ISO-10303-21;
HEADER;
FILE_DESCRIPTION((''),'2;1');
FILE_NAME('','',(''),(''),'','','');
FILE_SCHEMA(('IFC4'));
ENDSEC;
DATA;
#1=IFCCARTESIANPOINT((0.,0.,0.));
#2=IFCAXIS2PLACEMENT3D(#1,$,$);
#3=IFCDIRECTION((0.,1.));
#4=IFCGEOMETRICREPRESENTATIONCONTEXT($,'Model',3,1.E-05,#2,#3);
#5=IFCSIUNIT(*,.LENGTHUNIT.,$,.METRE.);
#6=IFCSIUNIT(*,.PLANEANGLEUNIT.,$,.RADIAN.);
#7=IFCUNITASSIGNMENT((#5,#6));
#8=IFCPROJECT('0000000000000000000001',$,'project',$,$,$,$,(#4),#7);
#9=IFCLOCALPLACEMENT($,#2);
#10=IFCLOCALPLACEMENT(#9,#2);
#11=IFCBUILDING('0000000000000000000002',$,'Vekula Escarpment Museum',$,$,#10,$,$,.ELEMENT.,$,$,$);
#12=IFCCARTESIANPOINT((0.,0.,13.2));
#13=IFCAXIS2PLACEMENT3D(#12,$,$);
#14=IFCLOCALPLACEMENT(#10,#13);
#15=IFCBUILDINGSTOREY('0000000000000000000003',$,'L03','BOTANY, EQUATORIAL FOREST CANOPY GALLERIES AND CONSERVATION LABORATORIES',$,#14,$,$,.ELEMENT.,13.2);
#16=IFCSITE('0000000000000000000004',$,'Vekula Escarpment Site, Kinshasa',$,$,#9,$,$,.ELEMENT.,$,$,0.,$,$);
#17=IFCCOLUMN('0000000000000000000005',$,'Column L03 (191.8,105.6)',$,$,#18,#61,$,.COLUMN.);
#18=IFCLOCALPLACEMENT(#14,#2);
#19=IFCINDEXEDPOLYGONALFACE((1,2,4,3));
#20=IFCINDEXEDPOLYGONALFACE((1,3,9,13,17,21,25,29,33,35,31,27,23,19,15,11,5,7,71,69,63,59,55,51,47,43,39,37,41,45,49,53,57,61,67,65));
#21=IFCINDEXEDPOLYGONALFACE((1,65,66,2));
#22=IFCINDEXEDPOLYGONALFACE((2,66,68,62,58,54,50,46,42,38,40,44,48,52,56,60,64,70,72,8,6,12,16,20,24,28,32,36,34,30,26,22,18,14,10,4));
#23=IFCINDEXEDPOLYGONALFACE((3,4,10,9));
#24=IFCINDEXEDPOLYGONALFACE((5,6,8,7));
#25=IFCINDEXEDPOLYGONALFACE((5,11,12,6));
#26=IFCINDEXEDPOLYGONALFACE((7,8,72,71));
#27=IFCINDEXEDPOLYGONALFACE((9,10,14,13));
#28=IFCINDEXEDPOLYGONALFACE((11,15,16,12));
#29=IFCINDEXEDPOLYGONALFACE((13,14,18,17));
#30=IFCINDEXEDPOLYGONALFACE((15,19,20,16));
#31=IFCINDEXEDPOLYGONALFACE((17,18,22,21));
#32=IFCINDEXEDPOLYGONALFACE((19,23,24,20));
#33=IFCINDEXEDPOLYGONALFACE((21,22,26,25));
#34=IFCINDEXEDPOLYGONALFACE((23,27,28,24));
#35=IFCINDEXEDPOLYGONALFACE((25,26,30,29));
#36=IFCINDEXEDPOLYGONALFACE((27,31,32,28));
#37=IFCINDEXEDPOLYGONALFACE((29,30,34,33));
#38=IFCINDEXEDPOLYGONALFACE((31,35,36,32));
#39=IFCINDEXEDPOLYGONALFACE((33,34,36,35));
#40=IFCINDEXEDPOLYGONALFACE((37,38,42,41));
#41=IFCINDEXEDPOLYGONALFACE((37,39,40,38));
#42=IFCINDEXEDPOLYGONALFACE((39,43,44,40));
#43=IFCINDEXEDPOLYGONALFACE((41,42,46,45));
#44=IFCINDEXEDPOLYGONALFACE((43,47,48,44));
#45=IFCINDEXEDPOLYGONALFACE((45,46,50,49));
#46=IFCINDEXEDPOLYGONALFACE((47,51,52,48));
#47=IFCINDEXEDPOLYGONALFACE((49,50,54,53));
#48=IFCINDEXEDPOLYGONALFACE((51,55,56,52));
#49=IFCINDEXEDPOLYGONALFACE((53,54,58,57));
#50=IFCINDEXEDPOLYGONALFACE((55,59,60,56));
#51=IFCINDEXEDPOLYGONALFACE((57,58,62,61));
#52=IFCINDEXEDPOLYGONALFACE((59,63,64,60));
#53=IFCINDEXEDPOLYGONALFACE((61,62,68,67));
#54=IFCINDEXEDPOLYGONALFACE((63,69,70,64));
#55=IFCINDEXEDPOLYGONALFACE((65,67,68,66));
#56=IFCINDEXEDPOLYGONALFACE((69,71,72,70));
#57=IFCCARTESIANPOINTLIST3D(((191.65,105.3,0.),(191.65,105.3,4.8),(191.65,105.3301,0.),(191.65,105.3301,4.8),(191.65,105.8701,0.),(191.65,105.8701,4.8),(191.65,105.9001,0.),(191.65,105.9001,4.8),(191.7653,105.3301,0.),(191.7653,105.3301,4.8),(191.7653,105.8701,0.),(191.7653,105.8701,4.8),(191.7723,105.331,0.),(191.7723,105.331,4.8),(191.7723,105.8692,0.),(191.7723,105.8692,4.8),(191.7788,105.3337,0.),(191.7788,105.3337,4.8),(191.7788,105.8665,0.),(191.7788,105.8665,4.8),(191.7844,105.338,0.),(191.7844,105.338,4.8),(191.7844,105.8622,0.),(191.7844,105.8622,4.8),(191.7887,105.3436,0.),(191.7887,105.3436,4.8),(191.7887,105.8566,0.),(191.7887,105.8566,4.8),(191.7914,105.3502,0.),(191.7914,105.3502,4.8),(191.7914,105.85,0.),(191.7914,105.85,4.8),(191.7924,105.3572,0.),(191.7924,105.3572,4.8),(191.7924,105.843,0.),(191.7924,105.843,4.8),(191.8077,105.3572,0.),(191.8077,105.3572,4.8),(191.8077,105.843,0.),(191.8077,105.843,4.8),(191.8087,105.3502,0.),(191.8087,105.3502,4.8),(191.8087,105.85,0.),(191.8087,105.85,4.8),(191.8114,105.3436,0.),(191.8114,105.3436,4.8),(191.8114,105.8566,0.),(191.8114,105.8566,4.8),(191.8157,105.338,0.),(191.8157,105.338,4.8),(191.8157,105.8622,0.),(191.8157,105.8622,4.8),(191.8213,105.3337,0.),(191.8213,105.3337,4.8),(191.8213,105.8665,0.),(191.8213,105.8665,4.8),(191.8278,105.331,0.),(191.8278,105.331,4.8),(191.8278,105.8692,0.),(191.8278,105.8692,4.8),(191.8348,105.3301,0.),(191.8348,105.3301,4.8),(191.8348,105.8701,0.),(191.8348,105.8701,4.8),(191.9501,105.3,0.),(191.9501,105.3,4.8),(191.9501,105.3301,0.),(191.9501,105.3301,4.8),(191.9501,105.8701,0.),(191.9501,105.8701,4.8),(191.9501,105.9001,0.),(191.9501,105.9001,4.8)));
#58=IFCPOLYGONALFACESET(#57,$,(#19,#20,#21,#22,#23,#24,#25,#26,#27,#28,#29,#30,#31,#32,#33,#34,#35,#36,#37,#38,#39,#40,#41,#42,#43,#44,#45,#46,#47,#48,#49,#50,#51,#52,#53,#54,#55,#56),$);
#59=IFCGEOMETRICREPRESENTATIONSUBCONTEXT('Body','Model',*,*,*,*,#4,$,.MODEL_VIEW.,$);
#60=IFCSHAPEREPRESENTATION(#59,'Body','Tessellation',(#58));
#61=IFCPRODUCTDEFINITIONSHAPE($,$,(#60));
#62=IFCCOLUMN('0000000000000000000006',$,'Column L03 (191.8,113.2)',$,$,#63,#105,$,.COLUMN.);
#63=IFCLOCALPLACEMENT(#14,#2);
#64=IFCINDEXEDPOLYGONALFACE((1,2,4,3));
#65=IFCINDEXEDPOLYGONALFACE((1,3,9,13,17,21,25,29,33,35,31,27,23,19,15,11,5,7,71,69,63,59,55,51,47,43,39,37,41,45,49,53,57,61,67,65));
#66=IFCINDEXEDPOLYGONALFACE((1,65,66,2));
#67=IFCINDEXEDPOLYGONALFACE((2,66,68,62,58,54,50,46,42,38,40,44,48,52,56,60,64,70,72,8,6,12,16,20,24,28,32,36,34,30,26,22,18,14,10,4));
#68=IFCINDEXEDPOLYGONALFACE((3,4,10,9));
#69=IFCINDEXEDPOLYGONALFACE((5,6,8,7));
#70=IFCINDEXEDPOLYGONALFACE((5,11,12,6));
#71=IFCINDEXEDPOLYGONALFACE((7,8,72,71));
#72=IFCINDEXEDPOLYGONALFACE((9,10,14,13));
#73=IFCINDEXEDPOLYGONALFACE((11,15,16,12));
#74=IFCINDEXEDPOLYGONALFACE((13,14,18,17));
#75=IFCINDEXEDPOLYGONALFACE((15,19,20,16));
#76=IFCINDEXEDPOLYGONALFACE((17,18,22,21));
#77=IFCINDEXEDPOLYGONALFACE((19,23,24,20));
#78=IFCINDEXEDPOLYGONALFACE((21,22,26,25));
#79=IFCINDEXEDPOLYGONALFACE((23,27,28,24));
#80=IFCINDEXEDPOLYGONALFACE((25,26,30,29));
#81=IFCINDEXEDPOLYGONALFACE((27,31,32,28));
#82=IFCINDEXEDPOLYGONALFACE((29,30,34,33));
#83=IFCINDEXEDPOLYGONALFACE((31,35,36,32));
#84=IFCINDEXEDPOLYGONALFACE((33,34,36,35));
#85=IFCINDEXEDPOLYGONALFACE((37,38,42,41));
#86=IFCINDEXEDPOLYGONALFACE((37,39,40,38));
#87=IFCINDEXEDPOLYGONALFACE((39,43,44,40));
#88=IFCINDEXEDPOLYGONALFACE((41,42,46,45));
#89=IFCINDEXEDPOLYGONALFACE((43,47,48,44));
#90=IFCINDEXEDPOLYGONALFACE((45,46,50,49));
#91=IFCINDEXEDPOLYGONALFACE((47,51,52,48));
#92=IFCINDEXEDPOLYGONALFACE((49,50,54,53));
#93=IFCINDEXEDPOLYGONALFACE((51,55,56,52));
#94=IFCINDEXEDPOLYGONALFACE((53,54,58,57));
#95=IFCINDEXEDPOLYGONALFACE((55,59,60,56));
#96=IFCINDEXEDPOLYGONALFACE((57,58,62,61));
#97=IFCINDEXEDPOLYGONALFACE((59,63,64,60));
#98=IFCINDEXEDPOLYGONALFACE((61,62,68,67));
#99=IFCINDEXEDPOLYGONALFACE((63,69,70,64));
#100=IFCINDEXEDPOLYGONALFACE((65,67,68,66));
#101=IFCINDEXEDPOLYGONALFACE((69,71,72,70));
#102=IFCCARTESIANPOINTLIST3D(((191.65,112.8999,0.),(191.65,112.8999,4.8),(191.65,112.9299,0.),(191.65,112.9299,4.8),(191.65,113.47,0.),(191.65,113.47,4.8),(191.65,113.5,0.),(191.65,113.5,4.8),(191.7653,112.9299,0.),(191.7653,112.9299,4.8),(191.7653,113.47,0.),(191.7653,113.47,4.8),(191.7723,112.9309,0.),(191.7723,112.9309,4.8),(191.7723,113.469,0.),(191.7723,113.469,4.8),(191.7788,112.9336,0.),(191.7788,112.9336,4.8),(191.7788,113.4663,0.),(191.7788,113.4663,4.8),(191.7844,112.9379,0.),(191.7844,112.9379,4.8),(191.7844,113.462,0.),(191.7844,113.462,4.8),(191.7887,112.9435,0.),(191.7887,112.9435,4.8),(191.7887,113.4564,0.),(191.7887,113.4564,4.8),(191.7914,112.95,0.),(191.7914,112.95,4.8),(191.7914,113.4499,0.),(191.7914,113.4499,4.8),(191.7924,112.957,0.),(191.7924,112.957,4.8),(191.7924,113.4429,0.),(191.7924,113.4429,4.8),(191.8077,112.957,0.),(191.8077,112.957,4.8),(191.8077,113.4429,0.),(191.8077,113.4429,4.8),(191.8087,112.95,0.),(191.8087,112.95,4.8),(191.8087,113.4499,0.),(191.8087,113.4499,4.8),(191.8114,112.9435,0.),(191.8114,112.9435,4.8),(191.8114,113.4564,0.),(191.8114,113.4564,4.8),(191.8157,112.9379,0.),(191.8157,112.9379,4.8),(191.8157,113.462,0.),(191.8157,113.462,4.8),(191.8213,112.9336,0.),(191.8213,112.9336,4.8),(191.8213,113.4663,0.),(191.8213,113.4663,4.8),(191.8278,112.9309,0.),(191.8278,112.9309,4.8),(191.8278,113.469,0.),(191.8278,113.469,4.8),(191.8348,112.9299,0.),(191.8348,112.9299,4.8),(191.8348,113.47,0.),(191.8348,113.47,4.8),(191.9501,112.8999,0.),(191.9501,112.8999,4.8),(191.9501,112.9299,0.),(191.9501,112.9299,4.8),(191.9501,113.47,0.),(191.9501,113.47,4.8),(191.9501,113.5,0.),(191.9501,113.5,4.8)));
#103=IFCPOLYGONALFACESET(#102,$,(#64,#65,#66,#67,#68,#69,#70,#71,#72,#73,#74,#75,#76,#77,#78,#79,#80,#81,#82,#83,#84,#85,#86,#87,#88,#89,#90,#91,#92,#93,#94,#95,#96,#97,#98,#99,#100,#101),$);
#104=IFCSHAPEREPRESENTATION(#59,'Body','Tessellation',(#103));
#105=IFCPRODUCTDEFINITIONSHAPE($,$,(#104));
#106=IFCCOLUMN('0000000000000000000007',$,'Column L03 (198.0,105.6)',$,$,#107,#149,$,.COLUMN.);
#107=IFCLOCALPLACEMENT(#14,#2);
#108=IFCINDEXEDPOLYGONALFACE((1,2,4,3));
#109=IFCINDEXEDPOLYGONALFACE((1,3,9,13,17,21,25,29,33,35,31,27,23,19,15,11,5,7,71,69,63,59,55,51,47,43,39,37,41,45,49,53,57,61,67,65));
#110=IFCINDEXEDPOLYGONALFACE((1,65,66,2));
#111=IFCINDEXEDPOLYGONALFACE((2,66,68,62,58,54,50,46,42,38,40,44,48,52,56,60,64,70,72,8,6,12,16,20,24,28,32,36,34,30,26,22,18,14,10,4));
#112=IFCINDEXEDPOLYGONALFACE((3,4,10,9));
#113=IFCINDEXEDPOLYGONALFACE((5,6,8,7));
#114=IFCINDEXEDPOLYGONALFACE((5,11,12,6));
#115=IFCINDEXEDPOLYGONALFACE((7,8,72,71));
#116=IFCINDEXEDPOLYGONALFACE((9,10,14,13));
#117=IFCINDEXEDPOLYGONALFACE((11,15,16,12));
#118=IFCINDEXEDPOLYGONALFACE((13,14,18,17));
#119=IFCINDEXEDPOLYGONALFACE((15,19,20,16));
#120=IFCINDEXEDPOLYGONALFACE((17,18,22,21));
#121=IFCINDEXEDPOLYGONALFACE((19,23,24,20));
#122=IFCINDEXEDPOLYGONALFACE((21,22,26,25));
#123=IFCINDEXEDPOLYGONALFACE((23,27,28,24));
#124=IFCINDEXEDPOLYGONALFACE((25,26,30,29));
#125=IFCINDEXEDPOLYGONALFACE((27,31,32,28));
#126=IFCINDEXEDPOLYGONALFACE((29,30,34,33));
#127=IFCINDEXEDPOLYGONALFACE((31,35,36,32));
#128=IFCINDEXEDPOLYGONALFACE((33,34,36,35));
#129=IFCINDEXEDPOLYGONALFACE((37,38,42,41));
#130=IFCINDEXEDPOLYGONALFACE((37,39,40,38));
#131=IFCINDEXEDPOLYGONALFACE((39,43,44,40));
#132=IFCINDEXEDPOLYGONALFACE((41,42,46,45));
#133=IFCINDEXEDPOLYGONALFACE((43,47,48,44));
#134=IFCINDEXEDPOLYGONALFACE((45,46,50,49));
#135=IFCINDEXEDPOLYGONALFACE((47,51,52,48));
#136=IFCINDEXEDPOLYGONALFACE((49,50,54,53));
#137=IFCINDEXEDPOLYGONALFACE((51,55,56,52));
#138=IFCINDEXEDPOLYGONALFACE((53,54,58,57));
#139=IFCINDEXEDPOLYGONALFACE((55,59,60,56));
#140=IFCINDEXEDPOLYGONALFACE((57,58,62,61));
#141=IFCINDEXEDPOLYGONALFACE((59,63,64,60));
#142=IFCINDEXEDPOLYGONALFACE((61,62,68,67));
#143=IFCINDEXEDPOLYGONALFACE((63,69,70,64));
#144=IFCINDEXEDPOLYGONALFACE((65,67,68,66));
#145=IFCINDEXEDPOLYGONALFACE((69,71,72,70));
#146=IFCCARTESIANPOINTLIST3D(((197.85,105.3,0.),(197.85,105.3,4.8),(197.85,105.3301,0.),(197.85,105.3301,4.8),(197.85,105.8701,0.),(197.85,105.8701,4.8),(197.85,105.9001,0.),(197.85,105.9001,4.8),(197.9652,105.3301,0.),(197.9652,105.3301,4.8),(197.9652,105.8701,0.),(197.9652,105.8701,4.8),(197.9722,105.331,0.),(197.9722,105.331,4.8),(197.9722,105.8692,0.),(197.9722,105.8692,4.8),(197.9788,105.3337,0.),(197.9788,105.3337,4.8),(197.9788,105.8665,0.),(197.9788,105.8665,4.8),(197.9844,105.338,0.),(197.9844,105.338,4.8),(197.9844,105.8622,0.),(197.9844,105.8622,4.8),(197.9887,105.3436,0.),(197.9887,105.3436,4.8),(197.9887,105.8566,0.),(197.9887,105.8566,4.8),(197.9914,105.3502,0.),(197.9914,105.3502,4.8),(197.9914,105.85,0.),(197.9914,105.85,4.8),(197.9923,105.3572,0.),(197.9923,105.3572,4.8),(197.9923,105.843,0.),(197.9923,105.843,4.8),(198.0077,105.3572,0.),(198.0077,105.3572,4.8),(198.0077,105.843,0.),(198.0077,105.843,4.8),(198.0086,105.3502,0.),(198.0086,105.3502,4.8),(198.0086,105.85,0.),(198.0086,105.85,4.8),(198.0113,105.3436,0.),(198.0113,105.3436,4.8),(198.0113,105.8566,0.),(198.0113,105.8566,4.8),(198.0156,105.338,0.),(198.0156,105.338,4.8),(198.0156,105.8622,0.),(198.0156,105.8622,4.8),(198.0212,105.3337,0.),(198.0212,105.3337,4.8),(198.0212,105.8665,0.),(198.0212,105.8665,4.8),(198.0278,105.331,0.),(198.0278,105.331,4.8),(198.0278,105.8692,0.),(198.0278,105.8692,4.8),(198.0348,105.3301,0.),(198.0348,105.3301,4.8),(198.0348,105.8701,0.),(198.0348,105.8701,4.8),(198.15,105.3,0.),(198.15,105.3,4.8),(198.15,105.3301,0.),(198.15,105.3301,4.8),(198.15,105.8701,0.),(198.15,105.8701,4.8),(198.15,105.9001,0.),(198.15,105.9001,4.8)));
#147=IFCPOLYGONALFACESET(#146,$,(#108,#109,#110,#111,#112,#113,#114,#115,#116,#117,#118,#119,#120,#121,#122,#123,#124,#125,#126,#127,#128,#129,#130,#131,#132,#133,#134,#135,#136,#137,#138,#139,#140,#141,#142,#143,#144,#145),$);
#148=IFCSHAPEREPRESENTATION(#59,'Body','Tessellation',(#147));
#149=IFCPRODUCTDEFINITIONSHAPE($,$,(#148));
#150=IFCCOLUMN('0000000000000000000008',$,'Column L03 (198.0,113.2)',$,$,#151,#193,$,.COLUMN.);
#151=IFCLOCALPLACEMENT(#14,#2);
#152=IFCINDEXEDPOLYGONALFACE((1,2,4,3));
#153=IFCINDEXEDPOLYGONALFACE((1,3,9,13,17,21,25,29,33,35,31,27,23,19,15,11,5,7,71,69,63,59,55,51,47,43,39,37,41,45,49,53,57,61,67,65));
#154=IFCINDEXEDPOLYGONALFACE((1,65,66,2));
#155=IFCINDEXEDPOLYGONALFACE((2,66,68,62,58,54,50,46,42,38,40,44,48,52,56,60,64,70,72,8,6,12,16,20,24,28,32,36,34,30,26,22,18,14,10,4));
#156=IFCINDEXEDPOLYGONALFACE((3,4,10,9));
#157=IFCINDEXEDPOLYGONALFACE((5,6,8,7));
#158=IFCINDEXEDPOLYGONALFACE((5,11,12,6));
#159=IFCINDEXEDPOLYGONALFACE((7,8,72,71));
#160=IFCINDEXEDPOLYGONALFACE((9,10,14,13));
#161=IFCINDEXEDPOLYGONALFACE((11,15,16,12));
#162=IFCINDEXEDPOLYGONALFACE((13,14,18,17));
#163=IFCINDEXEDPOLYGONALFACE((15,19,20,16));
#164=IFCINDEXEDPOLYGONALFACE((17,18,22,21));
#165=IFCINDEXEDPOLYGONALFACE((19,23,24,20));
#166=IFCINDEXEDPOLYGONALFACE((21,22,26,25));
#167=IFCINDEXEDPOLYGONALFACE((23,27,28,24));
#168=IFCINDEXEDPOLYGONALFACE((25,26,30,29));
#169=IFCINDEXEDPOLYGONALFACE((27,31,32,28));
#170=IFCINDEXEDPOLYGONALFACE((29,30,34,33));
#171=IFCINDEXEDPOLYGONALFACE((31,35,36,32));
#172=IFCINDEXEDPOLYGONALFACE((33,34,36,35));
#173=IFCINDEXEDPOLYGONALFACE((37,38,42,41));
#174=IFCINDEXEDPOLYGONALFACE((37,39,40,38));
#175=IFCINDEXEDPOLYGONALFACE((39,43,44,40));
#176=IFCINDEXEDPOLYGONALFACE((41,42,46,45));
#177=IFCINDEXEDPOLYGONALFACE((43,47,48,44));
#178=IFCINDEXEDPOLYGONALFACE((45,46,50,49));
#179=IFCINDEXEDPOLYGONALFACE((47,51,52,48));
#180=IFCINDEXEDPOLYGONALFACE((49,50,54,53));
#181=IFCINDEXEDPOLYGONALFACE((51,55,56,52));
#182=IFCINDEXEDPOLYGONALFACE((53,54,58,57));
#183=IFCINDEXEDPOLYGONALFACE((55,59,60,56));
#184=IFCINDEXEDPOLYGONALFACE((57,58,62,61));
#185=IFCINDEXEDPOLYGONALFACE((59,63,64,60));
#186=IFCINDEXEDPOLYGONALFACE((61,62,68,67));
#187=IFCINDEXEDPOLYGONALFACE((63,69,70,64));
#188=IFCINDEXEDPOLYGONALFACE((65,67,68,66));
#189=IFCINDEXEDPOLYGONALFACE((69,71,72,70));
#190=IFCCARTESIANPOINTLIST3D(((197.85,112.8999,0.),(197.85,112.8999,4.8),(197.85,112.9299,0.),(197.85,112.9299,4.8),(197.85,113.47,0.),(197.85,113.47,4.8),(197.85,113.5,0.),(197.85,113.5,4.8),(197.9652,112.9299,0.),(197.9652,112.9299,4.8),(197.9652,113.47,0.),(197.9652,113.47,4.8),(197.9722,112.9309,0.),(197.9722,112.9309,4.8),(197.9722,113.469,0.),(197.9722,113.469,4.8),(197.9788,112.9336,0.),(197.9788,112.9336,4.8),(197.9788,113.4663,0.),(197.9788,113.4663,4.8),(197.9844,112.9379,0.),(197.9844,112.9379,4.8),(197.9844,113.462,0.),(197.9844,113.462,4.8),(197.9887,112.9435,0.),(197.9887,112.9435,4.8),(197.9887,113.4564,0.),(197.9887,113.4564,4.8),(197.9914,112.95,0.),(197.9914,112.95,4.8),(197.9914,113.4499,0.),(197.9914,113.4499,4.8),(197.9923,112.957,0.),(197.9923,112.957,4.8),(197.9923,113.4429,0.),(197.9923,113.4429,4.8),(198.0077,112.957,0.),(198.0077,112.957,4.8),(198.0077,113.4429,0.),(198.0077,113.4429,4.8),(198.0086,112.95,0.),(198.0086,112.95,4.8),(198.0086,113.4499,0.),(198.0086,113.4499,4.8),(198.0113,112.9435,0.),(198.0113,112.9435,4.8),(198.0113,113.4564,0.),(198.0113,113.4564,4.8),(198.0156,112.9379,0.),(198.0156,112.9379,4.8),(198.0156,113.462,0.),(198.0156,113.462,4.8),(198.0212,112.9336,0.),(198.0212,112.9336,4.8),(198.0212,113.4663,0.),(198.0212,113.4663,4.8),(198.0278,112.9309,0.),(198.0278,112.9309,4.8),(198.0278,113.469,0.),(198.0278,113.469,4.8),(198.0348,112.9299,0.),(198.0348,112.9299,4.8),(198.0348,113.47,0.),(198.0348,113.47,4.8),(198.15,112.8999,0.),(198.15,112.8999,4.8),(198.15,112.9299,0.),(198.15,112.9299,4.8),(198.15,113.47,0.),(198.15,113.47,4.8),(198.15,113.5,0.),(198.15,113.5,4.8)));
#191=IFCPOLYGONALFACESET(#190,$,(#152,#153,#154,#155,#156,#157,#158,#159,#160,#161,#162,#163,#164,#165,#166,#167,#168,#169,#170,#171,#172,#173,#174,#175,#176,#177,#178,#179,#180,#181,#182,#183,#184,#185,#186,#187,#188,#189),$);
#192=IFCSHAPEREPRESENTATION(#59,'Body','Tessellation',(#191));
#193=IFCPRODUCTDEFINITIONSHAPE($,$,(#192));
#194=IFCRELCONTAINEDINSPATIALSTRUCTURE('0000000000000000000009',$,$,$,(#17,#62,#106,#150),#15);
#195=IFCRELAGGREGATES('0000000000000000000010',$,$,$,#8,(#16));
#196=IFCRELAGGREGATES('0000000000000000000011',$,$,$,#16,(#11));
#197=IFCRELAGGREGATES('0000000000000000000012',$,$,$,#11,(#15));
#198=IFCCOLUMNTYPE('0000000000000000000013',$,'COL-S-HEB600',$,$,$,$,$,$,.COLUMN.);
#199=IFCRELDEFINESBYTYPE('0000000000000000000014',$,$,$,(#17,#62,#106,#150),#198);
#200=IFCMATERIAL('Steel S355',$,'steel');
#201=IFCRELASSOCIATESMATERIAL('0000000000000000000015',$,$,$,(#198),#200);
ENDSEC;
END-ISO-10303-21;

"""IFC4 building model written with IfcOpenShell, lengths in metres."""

from ifc_helpers import new_model, si_unit, direction, frame, origin, origin_2d, place, context, subcontext, project, spatial, i_section, extrude, material, material_profile, profile_set, type_object, element, save


model = new_model("IFC4")

# Units and contexts
model_context = context("Model", 3, precision=1e-05, world=origin(), true_north=direction((0.0, 1.0)))
body_context = subcontext(model_context, "Body", "Model", "MODEL_VIEW")
ifc_project = project(units=[si_unit("LENGTHUNIT", "METRE"), si_unit("PLANEANGLEUNIT", "RADIAN")], contexts=[model_context])

# Site, building, storey
site_placement = place(None, origin())
site = spatial("IfcSite", under=ifc_project, at=site_placement, Name="Vekula Escarpment Site, Kinshasa", CompositionType="ELEMENT", RefElevation=0.0)
building_placement = place(site_placement, origin())
building = spatial("IfcBuilding", under=site, at=building_placement, Name="Vekula Escarpment Museum", CompositionType="ELEMENT")
storey_placement = place(building_placement, frame((0.0, 0.0, 13.2)))
storey = spatial("IfcBuildingStorey", under=building, at=storey_placement, Name="L03", Description="BOTANY, EQUATORIAL FOREST CANOPY GALLERIES AND CONSERVATION LABORATORIES", CompositionType="ELEMENT", Elevation=13.2)

# Columns
ifc_material_1 = material(Name="Steel S355", Category="steel")
ifc_material_profile_1 = material_profile(ifc_material_1, i_section(OverallWidth=0.3, OverallDepth=0.6001, WebThickness=0.0154, FlangeThickness=0.03, FilletRadius=0.0271, at=origin_2d()), Name="HEB 600")
ifc_profile_set_1 = profile_set([ifc_material_profile_1], Name="Steel S355")
column_type = type_object("IfcColumnType", Name="COL-S-HEB600", PredefinedType="COLUMN", material=ifc_profile_set_1)
for number, where, z_axis, x_axis, name in (
    (1, (191.8, 105.6001, 0.0), (0.0, 0.0, 1.0), (1.0, 0.0, 0.0), "Column L03 (191.8,105.6)"),
    (2, (191.8, 113.2, 0.0), (0.0, 0.0, 1.0), (1.0, 0.0, 0.0), "Column L03 (191.8,113.2)"),
    (3, (198.0, 105.6001, 0.0), (0.0, 0.0, 1.0), (1.0, 0.0, 0.0), "Column L03 (198.0,105.6)"),
    (4, (198.0, 113.2, 0.0), (0.0, 0.0, 1.0), (1.0, 0.0, 0.0), "Column L03 (198.0,113.2)"),
):
    element("IfcColumn", number, at=place(storey_placement, frame(where, z_axis=z_axis, x_axis=x_axis)), inside=storey, type_object=column_type, Name=name, PredefinedType="COLUMN", context=body_context, shape_type="SweptSolid", body=[
        extrude(i_section(OverallWidth=0.3, OverallDepth=0.6001, WebThickness=0.0154, FlangeThickness=0.03, FilletRadius=0.0271, at=origin_2d()), origin(), (0.0, 0.0, 1.0), 4.8),
    ])

save(model, "model.ifc")
